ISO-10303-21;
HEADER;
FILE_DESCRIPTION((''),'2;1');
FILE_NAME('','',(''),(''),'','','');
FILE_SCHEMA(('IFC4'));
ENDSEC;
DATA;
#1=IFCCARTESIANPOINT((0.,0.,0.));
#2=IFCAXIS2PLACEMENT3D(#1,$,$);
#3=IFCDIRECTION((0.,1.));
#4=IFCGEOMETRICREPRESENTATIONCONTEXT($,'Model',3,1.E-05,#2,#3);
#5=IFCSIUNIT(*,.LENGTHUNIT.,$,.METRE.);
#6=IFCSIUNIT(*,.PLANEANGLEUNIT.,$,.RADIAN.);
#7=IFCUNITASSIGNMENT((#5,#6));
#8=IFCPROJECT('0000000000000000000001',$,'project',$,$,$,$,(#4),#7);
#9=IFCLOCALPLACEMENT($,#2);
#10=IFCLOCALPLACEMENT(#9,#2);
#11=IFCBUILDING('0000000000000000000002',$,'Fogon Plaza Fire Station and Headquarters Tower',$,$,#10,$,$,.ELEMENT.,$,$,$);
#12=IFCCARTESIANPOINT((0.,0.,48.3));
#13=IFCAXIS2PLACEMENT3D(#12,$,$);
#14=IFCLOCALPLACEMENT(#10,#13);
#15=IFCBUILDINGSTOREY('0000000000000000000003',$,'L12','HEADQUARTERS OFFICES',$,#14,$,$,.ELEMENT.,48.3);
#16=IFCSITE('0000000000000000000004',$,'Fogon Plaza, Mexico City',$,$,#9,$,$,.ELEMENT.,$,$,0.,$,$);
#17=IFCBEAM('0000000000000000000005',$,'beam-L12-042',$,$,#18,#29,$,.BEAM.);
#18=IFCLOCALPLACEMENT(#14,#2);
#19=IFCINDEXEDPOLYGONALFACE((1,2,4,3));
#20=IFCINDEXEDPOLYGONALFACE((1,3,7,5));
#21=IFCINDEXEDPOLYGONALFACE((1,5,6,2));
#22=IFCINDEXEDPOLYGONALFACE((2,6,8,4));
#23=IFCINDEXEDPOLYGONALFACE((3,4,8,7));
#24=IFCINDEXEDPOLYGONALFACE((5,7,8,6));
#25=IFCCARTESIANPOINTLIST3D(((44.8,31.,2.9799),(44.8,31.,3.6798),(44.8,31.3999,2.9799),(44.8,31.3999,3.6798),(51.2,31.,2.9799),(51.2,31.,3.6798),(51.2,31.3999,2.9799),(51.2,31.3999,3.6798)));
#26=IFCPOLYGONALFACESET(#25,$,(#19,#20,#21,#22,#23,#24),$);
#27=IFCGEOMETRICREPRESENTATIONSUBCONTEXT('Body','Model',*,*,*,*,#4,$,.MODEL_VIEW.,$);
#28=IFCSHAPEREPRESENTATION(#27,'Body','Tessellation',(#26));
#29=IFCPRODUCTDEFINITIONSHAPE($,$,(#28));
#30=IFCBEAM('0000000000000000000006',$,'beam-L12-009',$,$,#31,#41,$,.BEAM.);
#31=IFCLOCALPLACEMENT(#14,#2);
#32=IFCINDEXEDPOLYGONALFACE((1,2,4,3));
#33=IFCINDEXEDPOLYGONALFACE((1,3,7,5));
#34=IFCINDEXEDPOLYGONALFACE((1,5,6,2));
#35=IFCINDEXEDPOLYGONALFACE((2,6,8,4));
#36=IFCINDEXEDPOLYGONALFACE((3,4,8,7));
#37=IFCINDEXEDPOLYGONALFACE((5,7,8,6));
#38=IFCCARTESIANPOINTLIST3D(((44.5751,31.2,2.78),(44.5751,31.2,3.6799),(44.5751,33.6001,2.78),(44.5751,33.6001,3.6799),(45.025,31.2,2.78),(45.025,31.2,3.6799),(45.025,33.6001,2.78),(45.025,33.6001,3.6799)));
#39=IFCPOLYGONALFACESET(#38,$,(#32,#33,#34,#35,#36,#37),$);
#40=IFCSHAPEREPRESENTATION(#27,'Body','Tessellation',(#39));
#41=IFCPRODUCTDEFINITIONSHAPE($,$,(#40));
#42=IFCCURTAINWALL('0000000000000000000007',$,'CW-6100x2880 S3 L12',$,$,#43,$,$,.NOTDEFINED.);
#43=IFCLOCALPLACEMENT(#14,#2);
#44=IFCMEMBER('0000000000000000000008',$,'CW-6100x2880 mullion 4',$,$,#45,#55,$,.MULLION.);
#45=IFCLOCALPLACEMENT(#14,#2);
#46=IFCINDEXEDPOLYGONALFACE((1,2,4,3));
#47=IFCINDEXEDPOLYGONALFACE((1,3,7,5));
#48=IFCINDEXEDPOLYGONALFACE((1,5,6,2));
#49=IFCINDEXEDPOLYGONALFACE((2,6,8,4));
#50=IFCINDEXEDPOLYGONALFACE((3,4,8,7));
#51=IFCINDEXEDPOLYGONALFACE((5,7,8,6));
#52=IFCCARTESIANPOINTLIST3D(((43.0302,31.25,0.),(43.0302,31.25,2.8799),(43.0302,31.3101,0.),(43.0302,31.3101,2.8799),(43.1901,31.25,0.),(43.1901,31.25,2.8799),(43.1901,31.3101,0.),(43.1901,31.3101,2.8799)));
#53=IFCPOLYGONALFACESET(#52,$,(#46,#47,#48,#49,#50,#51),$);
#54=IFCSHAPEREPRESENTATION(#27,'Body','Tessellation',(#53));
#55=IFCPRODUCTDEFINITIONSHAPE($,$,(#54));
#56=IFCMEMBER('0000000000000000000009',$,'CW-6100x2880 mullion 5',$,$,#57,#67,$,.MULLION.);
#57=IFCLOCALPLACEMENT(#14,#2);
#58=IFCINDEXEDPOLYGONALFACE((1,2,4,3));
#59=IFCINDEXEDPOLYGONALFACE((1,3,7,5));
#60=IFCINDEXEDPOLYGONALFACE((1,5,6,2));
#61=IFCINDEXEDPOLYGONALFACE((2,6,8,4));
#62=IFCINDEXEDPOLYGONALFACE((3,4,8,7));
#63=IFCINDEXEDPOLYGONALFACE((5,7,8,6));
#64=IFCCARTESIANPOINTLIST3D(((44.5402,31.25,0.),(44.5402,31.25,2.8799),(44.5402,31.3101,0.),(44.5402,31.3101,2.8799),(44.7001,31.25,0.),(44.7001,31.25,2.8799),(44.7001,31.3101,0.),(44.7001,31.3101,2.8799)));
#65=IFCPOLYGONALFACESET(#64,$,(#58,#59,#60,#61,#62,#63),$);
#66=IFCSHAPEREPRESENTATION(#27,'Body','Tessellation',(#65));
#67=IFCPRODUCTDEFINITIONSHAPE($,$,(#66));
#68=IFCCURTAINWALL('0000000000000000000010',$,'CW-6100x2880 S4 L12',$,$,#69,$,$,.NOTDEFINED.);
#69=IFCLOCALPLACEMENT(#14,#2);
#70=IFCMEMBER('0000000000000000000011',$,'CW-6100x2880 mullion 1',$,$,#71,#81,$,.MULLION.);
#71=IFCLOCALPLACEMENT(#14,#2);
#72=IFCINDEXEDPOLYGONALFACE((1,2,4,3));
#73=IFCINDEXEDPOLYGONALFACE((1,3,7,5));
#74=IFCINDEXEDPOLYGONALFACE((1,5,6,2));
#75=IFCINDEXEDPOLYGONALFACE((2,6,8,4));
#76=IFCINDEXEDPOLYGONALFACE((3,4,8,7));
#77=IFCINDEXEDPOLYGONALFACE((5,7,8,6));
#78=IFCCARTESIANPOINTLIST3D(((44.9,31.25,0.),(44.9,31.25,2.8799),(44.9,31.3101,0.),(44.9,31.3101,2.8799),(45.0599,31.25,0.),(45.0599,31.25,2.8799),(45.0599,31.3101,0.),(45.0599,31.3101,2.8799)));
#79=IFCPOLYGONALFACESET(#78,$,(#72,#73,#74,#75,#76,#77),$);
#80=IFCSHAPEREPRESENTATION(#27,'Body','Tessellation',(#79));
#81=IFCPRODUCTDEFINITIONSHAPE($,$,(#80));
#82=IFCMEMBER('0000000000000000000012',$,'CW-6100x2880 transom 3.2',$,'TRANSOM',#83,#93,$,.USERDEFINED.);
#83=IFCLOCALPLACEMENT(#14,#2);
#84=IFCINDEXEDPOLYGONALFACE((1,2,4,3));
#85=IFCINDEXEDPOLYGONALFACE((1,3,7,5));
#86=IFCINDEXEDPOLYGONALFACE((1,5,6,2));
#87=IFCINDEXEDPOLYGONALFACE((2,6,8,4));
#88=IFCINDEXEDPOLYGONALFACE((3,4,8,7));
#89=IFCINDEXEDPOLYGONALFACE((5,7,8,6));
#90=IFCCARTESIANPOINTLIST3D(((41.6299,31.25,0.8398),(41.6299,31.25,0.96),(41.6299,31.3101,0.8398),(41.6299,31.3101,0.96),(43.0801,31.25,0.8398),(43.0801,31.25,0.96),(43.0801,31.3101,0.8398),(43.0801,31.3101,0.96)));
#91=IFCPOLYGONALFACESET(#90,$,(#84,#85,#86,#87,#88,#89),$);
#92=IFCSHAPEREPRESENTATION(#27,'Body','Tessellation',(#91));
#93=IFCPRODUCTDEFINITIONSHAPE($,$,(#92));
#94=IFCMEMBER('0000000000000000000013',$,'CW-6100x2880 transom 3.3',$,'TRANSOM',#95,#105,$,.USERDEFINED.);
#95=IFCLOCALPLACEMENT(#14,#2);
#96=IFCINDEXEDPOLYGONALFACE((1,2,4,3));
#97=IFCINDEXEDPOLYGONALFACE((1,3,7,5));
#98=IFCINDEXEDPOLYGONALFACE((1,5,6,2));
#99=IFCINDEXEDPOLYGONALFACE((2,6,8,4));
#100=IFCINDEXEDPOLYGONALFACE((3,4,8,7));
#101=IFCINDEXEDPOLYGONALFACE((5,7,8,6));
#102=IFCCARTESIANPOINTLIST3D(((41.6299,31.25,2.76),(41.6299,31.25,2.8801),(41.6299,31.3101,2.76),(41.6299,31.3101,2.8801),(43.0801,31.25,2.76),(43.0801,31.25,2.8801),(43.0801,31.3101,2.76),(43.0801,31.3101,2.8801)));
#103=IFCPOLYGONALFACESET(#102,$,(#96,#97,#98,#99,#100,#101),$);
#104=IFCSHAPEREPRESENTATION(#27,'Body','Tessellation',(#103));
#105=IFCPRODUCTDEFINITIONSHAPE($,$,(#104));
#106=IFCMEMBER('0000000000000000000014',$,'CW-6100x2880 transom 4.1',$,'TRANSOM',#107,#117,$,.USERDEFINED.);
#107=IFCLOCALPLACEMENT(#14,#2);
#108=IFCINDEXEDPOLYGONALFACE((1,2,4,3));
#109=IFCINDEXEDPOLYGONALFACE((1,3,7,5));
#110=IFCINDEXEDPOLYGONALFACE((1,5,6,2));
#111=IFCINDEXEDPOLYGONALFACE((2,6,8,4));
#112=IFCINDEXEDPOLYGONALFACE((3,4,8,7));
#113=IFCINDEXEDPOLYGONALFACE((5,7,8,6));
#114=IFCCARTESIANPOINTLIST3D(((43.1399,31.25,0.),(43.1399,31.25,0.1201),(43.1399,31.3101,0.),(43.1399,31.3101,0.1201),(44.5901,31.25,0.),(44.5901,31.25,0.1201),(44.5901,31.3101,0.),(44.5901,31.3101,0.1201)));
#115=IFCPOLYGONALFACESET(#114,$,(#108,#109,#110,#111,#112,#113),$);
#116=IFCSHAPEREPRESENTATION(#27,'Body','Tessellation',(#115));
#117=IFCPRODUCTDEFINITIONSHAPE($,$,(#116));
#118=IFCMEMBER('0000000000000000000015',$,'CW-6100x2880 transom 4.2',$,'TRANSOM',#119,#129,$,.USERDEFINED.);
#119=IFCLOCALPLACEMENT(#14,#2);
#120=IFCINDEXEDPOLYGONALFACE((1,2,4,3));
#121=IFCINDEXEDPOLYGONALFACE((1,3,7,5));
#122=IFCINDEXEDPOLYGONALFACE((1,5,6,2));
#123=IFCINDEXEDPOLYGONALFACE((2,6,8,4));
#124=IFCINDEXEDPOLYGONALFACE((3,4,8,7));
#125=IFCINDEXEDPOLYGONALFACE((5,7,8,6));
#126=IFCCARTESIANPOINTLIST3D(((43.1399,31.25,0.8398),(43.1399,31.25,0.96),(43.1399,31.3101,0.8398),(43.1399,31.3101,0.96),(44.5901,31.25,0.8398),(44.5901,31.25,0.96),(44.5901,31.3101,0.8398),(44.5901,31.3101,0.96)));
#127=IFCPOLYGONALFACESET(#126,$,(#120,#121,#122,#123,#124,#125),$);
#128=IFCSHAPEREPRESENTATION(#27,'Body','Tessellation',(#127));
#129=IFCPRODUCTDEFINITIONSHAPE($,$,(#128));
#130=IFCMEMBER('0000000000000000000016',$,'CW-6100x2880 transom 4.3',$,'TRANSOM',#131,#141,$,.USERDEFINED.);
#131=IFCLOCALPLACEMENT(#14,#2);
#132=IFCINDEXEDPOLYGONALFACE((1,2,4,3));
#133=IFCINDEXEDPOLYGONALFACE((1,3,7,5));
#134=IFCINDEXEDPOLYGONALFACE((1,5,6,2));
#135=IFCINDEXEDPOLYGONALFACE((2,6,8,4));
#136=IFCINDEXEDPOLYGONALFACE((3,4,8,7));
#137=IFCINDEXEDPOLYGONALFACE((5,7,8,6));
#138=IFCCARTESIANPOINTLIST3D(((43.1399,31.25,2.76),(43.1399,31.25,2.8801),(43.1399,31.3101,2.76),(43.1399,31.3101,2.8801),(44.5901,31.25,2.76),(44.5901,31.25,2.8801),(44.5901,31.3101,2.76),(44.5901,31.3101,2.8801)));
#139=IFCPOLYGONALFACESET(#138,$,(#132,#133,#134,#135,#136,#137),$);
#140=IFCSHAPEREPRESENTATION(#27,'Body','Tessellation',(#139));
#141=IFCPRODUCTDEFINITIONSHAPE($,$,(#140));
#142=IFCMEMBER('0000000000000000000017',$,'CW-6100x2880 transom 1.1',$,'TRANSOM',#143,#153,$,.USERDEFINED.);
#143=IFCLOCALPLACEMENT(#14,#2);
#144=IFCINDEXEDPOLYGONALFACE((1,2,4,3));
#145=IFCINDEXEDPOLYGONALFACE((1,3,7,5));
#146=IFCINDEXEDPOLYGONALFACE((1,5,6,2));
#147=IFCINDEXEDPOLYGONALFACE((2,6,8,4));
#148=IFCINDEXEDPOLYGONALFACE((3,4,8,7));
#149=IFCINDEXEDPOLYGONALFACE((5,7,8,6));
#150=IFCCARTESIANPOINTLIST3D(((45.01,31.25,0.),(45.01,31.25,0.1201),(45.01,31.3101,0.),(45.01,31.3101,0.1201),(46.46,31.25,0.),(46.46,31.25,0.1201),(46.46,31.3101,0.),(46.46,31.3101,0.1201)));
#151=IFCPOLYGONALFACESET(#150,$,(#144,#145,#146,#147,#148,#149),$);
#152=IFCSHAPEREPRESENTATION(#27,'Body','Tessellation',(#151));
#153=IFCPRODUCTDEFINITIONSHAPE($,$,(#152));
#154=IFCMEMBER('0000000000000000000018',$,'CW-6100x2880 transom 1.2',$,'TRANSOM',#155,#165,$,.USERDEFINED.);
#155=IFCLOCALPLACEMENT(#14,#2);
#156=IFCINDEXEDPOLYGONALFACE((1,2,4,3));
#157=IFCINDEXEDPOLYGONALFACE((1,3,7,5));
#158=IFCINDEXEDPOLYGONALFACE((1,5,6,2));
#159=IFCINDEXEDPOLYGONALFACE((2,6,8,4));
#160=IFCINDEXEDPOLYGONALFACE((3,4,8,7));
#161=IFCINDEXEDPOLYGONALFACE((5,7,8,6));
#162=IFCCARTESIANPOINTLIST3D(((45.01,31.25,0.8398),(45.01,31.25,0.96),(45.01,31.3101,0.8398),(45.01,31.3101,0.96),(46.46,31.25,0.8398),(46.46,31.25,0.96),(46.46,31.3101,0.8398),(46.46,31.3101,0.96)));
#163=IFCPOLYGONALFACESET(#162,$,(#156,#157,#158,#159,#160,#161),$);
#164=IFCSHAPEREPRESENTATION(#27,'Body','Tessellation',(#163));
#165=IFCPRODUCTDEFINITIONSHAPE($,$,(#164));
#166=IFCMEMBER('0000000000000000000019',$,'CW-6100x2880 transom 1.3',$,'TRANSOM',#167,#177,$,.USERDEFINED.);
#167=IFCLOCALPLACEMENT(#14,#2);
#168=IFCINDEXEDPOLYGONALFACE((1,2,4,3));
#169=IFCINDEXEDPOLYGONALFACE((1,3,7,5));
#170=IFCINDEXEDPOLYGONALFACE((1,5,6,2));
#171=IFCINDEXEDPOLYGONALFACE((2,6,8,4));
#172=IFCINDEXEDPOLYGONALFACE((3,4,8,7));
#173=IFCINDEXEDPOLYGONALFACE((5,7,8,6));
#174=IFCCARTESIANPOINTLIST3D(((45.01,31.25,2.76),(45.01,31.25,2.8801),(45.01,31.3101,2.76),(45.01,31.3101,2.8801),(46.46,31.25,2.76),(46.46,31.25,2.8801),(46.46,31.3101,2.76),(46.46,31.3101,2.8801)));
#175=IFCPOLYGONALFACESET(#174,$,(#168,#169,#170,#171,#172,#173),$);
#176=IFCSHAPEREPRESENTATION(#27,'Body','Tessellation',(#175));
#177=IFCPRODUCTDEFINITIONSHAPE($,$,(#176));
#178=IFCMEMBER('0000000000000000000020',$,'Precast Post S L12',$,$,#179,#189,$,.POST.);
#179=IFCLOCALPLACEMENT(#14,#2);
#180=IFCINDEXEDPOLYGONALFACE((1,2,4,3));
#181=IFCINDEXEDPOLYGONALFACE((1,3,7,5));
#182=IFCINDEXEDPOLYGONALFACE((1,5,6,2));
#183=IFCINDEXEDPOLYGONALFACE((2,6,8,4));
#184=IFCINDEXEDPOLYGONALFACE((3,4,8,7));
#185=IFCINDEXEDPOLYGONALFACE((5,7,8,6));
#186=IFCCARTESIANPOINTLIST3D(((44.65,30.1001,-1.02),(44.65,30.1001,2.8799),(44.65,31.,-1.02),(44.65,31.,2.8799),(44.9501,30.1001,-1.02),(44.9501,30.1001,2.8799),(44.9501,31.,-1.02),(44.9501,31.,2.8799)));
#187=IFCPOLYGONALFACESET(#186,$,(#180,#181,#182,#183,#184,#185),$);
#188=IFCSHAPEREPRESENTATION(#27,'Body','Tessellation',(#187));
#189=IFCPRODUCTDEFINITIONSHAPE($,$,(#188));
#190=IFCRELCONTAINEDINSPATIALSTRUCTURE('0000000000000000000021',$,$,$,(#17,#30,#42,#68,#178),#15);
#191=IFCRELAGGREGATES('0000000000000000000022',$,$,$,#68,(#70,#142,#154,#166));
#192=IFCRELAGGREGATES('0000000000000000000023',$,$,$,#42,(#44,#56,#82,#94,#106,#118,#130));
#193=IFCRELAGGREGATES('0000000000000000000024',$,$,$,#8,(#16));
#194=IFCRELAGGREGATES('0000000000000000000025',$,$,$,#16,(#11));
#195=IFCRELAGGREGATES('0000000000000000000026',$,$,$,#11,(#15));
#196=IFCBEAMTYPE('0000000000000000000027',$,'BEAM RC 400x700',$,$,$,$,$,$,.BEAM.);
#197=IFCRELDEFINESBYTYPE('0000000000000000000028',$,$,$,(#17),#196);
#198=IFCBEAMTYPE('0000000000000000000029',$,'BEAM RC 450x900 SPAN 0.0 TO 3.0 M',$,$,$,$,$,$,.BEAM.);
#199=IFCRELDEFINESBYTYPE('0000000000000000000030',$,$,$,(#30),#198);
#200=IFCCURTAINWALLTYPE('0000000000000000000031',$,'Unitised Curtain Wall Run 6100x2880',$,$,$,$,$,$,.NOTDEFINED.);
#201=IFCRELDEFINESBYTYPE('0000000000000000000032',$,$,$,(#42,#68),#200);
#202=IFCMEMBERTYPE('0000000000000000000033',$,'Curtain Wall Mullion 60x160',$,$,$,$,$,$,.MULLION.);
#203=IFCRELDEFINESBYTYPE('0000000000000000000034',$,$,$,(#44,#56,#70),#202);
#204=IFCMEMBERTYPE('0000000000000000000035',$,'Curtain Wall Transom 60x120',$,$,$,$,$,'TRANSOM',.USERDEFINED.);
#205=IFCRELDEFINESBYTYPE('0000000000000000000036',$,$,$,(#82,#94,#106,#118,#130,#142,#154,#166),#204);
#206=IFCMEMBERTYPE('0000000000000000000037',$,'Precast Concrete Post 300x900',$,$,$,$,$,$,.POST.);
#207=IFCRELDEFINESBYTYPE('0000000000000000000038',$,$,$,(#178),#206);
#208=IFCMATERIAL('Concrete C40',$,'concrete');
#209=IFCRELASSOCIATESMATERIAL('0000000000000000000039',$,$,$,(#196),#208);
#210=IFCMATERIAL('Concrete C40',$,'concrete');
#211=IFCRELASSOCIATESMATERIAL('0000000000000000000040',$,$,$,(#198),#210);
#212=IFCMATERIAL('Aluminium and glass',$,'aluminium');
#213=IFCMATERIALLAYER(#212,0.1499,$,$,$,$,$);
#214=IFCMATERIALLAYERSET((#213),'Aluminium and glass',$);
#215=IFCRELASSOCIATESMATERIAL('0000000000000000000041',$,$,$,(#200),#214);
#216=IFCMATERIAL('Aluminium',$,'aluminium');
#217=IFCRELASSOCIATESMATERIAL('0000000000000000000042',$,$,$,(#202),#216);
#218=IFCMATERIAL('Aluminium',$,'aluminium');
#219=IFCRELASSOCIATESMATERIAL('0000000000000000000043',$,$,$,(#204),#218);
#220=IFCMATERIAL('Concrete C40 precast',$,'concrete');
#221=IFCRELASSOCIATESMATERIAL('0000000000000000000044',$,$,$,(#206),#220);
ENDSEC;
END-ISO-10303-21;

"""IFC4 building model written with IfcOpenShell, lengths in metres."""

from ifc_helpers import new_model, si_unit, direction, frame, origin, origin_2d, place, context, subcontext, project, spatial, rectangle, extrude, material, layer, layer_set, material_profile, profile_set, type_object, element, aggregate, save


model = new_model("IFC4")

# Units and contexts
model_context = context("Model", 3, precision=1e-05, world=origin(), true_north=direction((0.0, 1.0)))
body_context = subcontext(model_context, "Body", "Model", "MODEL_VIEW")
ifc_project = project(units=[si_unit("LENGTHUNIT", "METRE"), si_unit("PLANEANGLEUNIT", "RADIAN")], contexts=[model_context])

# Site, building, storey
site_placement = place(None, origin())
site = spatial("IfcSite", under=ifc_project, at=site_placement, Name="Fogon Plaza, Mexico City", CompositionType="ELEMENT", RefElevation=0.0)
building_placement = place(site_placement, origin())
building = spatial("IfcBuilding", under=site, at=building_placement, Name="Fogon Plaza Fire Station and Headquarters Tower", CompositionType="ELEMENT")
storey_placement = place(building_placement, frame((0.0, 0.0, 48.3)))
storey = spatial("IfcBuildingStorey", under=building, at=storey_placement, Name="L12", Description="HEADQUARTERS OFFICES", CompositionType="ELEMENT", Elevation=48.3)

# Beams
ifc_material_1 = material(Name="Concrete C40", Category="concrete")
ifc_material_profile_1 = material_profile(ifc_material_1, rectangle(XDim=0.3999, YDim=0.7, at=origin_2d()), Name="RC 400x700")
ifc_profile_set_1 = profile_set([ifc_material_profile_1], Name="Concrete C40")
beam_type_1 = type_object("IfcBeamType", Name="BEAM RC 400x700", PredefinedType="BEAM", material=ifc_profile_set_1)
beam_1_placement = place(storey_placement, frame((44.8, 31.2, 3.3298), z_axis=(1.0, 0.0, 0.0), x_axis=(0.0, 1.0, 0.0)))
element("IfcBeam", 1, at=beam_1_placement, inside=storey, type_object=beam_type_1, Name="beam-L12-042", PredefinedType="BEAM", context=body_context, shape_type="SweptSolid", body=[
    extrude(rectangle(XDim=0.3999, YDim=0.7, at=origin_2d()), origin(), (0.0, 0.0, 1.0), 6.3999),
])
ifc_material_2 = material(Name="Concrete C40", Category="concrete")
ifc_material_profile_2 = material_profile(ifc_material_2, rectangle(XDim=0.45, YDim=0.8999, at=origin_2d()), Name="RC 450x900")
ifc_profile_set_2 = profile_set([ifc_material_profile_2], Name="Concrete C40")
beam_type_2 = type_object("IfcBeamType", Name="BEAM RC 450x900 SPAN 0.0 TO 3.0 M", PredefinedType="BEAM", material=ifc_profile_set_2)
beam_2_placement = place(storey_placement, frame((44.8, 31.2, 3.23), z_axis=(0.0, 1.0, 0.0), x_axis=(-1.0, 0.0, 0.0)))
element("IfcBeam", 2, at=beam_2_placement, inside=storey, type_object=beam_type_2, Name="beam-L12-009", PredefinedType="BEAM", context=body_context, shape_type="SweptSolid", body=[
    extrude(rectangle(XDim=0.45, YDim=0.8999, at=origin_2d()), origin(), (0.0, 0.0, 1.0), 2.4001),
])

# Curtain wall, members
ifc_material_3 = material(Name="Aluminium and glass", Category="aluminium")
ifc_layer_1 = layer(ifc_material_3, 0.1499)
ifc_layer_set_1 = layer_set([ifc_layer_1], Name="Aluminium and glass")
curtain_wall_type = type_object("IfcCurtainWallType", Name="Unitised Curtain Wall Run 6100x2880", PredefinedType="NOTDEFINED", material=ifc_layer_set_1)
curtain_wall_1_placement = place(storey_placement, origin())
curtain_wall_1 = element("IfcCurtainWall", 3, at=curtain_wall_1_placement, inside=storey, type_object=curtain_wall_type, Name="CW-6100x2880 S3 L12", PredefinedType="NOTDEFINED")
ifc_material_4 = material(Name="Aluminium", Category="aluminium")
ifc_material_profile_3 = material_profile(ifc_material_4, rectangle(XDim=0.0601, YDim=0.1599, at=origin_2d()), Name="Curtain Wall Mullion 60x160")
ifc_profile_set_3 = profile_set([ifc_material_profile_3], Name="Aluminium")
member_type_1 = type_object("IfcMemberType", Name="Curtain Wall Mullion 60x160", PredefinedType="MULLION", material=ifc_profile_set_3)
member_1_placement = place(storey_placement, frame((43.1101, 31.28, 0.0), z_axis=(0.0, 0.0, 1.0), x_axis=(0.0, 1.0, 0.0)))
member_1 = element("IfcMember", 4, at=member_1_placement, type_object=member_type_1, Name="CW-6100x2880 mullion 4", PredefinedType="MULLION", context=body_context, shape_type="SweptSolid", body=[
    extrude(rectangle(XDim=0.0601, YDim=0.1599, at=origin_2d()), origin(), (0.0, 0.0, 1.0), 2.8799),
])
member_2_placement = place(storey_placement, frame((44.6201, 31.28, 0.0), z_axis=(0.0, 0.0, 1.0), x_axis=(0.0, 1.0, 0.0)))
member_2 = element("IfcMember", 5, at=member_2_placement, type_object=member_type_1, Name="CW-6100x2880 mullion 5", PredefinedType="MULLION", context=body_context, shape_type="SweptSolid", body=[
    extrude(rectangle(XDim=0.0601, YDim=0.1599, at=origin_2d()), origin(), (0.0, 0.0, 1.0), 2.8799),
])

# Curtain wall, member
curtain_wall_2_placement = place(storey_placement, origin())
curtain_wall_2 = element("IfcCurtainWall", 6, at=curtain_wall_2_placement, inside=storey, type_object=curtain_wall_type, Name="CW-6100x2880 S4 L12", PredefinedType="NOTDEFINED")
member_3_placement = place(storey_placement, frame((44.98, 31.28, 0.0), z_axis=(0.0, 0.0, 1.0), x_axis=(0.0, 1.0, 0.0)))
member_3 = element("IfcMember", 7, at=member_3_placement, type_object=member_type_1, Name="CW-6100x2880 mullion 1", PredefinedType="MULLION", context=body_context, shape_type="SweptSolid", body=[
    extrude(rectangle(XDim=0.0601, YDim=0.1599, at=origin_2d()), origin(), (0.0, 0.0, 1.0), 2.8799),
])

# Members
ifc_material_5 = material(Name="Aluminium", Category="aluminium")
ifc_material_profile_4 = material_profile(ifc_material_5, rectangle(XDim=0.0601, YDim=0.1201, at=origin_2d()), Name="Curtain Wall Transom 60x120")
ifc_profile_set_4 = profile_set([ifc_material_profile_4], Name="Aluminium")
member_type_2 = type_object("IfcMemberType", Name="Curtain Wall Transom 60x120", ElementType="TRANSOM", PredefinedType="USERDEFINED", material=ifc_profile_set_4)
member_4_placement = place(storey_placement, frame((41.6299, 31.28, 0.8999), z_axis=(1.0, 0.0, 0.0), x_axis=(0.0, 1.0, 0.0)))
member_4 = element("IfcMember", 8, at=member_4_placement, type_object=member_type_2, Name="CW-6100x2880 transom 3.2", ObjectType="TRANSOM", PredefinedType="USERDEFINED", context=body_context, shape_type="SweptSolid", body=[
    extrude(rectangle(XDim=0.0601, YDim=0.1201, at=origin_2d()), origin(), (0.0, 0.0, 1.0), 1.4502),
])
member_5_placement = place(storey_placement, frame((41.6299, 31.28, 2.8201), z_axis=(1.0, 0.0, 0.0), x_axis=(0.0, 1.0, 0.0)))
member_5 = element("IfcMember", 9, at=member_5_placement, type_object=member_type_2, Name="CW-6100x2880 transom 3.3", ObjectType="TRANSOM", PredefinedType="USERDEFINED", context=body_context, shape_type="SweptSolid", body=[
    extrude(rectangle(XDim=0.0601, YDim=0.1201, at=origin_2d()), origin(), (0.0, 0.0, 1.0), 1.4502),
])
member_6_placement = place(storey_placement, frame((43.1399, 31.28, 0.0601), z_axis=(1.0, 0.0, 0.0), x_axis=(0.0, 1.0, 0.0)))
member_6 = element("IfcMember", 10, at=member_6_placement, type_object=member_type_2, Name="CW-6100x2880 transom 4.1", ObjectType="TRANSOM", PredefinedType="USERDEFINED", context=body_context, shape_type="SweptSolid", body=[
    extrude(rectangle(XDim=0.0601, YDim=0.1201, at=origin_2d()), origin(), (0.0, 0.0, 1.0), 1.4502),
])
member_7_placement = place(storey_placement, frame((43.1399, 31.28, 0.8999), z_axis=(1.0, 0.0, 0.0), x_axis=(0.0, 1.0, 0.0)))
member_7 = element("IfcMember", 11, at=member_7_placement, type_object=member_type_2, Name="CW-6100x2880 transom 4.2", ObjectType="TRANSOM", PredefinedType="USERDEFINED", context=body_context, shape_type="SweptSolid", body=[
    extrude(rectangle(XDim=0.0601, YDim=0.1201, at=origin_2d()), origin(), (0.0, 0.0, 1.0), 1.4502),
])
member_8_placement = place(storey_placement, frame((43.1399, 31.28, 2.8201), z_axis=(1.0, 0.0, 0.0), x_axis=(0.0, 1.0, 0.0)))
member_8 = element("IfcMember", 12, at=member_8_placement, type_object=member_type_2, Name="CW-6100x2880 transom 4.3", ObjectType="TRANSOM", PredefinedType="USERDEFINED", context=body_context, shape_type="SweptSolid", body=[
    extrude(rectangle(XDim=0.0601, YDim=0.1201, at=origin_2d()), origin(), (0.0, 0.0, 1.0), 1.4502),
])
member_9_placement = place(storey_placement, frame((45.01, 31.28, 0.0601), z_axis=(1.0, 0.0, 0.0), x_axis=(0.0, 1.0, 0.0)))
member_9 = element("IfcMember", 13, at=member_9_placement, type_object=member_type_2, Name="CW-6100x2880 transom 1.1", ObjectType="TRANSOM", PredefinedType="USERDEFINED", context=body_context, shape_type="SweptSolid", body=[
    extrude(rectangle(XDim=0.0601, YDim=0.1201, at=origin_2d()), origin(), (0.0, 0.0, 1.0), 1.45),
])
member_10_placement = place(storey_placement, frame((45.01, 31.28, 0.8999), z_axis=(1.0, 0.0, 0.0), x_axis=(0.0, 1.0, 0.0)))
member_10 = element("IfcMember", 14, at=member_10_placement, type_object=member_type_2, Name="CW-6100x2880 transom 1.2", ObjectType="TRANSOM", PredefinedType="USERDEFINED", context=body_context, shape_type="SweptSolid", body=[
    extrude(rectangle(XDim=0.0601, YDim=0.1201, at=origin_2d()), origin(), (0.0, 0.0, 1.0), 1.45),
])
member_11_placement = place(storey_placement, frame((45.01, 31.28, 2.8201), z_axis=(1.0, 0.0, 0.0), x_axis=(0.0, 1.0, 0.0)))
member_11 = element("IfcMember", 15, at=member_11_placement, type_object=member_type_2, Name="CW-6100x2880 transom 1.3", ObjectType="TRANSOM", PredefinedType="USERDEFINED", context=body_context, shape_type="SweptSolid", body=[
    extrude(rectangle(XDim=0.0601, YDim=0.1201, at=origin_2d()), origin(), (0.0, 0.0, 1.0), 1.45),
])
ifc_material_6 = material(Name="Concrete C40 precast", Category="concrete")
ifc_material_profile_5 = material_profile(ifc_material_6, rectangle(XDim=0.3, YDim=0.8999, at=origin_2d()), Name="Precast Concrete Post 300x900")
ifc_profile_set_5 = profile_set([ifc_material_profile_5], Name="Concrete C40 precast")
member_type_3 = type_object("IfcMemberType", Name="Precast Concrete Post 300x900", PredefinedType="POST", material=ifc_profile_set_5)
member_12_placement = place(storey_placement, frame((44.8, 30.55, -1.02), z_axis=(0.0, 0.0, 1.0), x_axis=(1.0, 0.0, 0.0)))
element("IfcMember", 16, at=member_12_placement, inside=storey, type_object=member_type_3, Name="Precast Post S L12", PredefinedType="POST", context=body_context, shape_type="SweptSolid", body=[
    extrude(rectangle(XDim=0.3, YDim=0.8999, at=origin_2d()), origin(), (0.0, 0.0, 1.0), 3.8999),
])

aggregate(curtain_wall_2, [member_3, member_9, member_10, member_11])
aggregate(curtain_wall_1, [member_1, member_2, member_4, member_5, member_6, member_7, member_8])

save(model, "model.ifc")
